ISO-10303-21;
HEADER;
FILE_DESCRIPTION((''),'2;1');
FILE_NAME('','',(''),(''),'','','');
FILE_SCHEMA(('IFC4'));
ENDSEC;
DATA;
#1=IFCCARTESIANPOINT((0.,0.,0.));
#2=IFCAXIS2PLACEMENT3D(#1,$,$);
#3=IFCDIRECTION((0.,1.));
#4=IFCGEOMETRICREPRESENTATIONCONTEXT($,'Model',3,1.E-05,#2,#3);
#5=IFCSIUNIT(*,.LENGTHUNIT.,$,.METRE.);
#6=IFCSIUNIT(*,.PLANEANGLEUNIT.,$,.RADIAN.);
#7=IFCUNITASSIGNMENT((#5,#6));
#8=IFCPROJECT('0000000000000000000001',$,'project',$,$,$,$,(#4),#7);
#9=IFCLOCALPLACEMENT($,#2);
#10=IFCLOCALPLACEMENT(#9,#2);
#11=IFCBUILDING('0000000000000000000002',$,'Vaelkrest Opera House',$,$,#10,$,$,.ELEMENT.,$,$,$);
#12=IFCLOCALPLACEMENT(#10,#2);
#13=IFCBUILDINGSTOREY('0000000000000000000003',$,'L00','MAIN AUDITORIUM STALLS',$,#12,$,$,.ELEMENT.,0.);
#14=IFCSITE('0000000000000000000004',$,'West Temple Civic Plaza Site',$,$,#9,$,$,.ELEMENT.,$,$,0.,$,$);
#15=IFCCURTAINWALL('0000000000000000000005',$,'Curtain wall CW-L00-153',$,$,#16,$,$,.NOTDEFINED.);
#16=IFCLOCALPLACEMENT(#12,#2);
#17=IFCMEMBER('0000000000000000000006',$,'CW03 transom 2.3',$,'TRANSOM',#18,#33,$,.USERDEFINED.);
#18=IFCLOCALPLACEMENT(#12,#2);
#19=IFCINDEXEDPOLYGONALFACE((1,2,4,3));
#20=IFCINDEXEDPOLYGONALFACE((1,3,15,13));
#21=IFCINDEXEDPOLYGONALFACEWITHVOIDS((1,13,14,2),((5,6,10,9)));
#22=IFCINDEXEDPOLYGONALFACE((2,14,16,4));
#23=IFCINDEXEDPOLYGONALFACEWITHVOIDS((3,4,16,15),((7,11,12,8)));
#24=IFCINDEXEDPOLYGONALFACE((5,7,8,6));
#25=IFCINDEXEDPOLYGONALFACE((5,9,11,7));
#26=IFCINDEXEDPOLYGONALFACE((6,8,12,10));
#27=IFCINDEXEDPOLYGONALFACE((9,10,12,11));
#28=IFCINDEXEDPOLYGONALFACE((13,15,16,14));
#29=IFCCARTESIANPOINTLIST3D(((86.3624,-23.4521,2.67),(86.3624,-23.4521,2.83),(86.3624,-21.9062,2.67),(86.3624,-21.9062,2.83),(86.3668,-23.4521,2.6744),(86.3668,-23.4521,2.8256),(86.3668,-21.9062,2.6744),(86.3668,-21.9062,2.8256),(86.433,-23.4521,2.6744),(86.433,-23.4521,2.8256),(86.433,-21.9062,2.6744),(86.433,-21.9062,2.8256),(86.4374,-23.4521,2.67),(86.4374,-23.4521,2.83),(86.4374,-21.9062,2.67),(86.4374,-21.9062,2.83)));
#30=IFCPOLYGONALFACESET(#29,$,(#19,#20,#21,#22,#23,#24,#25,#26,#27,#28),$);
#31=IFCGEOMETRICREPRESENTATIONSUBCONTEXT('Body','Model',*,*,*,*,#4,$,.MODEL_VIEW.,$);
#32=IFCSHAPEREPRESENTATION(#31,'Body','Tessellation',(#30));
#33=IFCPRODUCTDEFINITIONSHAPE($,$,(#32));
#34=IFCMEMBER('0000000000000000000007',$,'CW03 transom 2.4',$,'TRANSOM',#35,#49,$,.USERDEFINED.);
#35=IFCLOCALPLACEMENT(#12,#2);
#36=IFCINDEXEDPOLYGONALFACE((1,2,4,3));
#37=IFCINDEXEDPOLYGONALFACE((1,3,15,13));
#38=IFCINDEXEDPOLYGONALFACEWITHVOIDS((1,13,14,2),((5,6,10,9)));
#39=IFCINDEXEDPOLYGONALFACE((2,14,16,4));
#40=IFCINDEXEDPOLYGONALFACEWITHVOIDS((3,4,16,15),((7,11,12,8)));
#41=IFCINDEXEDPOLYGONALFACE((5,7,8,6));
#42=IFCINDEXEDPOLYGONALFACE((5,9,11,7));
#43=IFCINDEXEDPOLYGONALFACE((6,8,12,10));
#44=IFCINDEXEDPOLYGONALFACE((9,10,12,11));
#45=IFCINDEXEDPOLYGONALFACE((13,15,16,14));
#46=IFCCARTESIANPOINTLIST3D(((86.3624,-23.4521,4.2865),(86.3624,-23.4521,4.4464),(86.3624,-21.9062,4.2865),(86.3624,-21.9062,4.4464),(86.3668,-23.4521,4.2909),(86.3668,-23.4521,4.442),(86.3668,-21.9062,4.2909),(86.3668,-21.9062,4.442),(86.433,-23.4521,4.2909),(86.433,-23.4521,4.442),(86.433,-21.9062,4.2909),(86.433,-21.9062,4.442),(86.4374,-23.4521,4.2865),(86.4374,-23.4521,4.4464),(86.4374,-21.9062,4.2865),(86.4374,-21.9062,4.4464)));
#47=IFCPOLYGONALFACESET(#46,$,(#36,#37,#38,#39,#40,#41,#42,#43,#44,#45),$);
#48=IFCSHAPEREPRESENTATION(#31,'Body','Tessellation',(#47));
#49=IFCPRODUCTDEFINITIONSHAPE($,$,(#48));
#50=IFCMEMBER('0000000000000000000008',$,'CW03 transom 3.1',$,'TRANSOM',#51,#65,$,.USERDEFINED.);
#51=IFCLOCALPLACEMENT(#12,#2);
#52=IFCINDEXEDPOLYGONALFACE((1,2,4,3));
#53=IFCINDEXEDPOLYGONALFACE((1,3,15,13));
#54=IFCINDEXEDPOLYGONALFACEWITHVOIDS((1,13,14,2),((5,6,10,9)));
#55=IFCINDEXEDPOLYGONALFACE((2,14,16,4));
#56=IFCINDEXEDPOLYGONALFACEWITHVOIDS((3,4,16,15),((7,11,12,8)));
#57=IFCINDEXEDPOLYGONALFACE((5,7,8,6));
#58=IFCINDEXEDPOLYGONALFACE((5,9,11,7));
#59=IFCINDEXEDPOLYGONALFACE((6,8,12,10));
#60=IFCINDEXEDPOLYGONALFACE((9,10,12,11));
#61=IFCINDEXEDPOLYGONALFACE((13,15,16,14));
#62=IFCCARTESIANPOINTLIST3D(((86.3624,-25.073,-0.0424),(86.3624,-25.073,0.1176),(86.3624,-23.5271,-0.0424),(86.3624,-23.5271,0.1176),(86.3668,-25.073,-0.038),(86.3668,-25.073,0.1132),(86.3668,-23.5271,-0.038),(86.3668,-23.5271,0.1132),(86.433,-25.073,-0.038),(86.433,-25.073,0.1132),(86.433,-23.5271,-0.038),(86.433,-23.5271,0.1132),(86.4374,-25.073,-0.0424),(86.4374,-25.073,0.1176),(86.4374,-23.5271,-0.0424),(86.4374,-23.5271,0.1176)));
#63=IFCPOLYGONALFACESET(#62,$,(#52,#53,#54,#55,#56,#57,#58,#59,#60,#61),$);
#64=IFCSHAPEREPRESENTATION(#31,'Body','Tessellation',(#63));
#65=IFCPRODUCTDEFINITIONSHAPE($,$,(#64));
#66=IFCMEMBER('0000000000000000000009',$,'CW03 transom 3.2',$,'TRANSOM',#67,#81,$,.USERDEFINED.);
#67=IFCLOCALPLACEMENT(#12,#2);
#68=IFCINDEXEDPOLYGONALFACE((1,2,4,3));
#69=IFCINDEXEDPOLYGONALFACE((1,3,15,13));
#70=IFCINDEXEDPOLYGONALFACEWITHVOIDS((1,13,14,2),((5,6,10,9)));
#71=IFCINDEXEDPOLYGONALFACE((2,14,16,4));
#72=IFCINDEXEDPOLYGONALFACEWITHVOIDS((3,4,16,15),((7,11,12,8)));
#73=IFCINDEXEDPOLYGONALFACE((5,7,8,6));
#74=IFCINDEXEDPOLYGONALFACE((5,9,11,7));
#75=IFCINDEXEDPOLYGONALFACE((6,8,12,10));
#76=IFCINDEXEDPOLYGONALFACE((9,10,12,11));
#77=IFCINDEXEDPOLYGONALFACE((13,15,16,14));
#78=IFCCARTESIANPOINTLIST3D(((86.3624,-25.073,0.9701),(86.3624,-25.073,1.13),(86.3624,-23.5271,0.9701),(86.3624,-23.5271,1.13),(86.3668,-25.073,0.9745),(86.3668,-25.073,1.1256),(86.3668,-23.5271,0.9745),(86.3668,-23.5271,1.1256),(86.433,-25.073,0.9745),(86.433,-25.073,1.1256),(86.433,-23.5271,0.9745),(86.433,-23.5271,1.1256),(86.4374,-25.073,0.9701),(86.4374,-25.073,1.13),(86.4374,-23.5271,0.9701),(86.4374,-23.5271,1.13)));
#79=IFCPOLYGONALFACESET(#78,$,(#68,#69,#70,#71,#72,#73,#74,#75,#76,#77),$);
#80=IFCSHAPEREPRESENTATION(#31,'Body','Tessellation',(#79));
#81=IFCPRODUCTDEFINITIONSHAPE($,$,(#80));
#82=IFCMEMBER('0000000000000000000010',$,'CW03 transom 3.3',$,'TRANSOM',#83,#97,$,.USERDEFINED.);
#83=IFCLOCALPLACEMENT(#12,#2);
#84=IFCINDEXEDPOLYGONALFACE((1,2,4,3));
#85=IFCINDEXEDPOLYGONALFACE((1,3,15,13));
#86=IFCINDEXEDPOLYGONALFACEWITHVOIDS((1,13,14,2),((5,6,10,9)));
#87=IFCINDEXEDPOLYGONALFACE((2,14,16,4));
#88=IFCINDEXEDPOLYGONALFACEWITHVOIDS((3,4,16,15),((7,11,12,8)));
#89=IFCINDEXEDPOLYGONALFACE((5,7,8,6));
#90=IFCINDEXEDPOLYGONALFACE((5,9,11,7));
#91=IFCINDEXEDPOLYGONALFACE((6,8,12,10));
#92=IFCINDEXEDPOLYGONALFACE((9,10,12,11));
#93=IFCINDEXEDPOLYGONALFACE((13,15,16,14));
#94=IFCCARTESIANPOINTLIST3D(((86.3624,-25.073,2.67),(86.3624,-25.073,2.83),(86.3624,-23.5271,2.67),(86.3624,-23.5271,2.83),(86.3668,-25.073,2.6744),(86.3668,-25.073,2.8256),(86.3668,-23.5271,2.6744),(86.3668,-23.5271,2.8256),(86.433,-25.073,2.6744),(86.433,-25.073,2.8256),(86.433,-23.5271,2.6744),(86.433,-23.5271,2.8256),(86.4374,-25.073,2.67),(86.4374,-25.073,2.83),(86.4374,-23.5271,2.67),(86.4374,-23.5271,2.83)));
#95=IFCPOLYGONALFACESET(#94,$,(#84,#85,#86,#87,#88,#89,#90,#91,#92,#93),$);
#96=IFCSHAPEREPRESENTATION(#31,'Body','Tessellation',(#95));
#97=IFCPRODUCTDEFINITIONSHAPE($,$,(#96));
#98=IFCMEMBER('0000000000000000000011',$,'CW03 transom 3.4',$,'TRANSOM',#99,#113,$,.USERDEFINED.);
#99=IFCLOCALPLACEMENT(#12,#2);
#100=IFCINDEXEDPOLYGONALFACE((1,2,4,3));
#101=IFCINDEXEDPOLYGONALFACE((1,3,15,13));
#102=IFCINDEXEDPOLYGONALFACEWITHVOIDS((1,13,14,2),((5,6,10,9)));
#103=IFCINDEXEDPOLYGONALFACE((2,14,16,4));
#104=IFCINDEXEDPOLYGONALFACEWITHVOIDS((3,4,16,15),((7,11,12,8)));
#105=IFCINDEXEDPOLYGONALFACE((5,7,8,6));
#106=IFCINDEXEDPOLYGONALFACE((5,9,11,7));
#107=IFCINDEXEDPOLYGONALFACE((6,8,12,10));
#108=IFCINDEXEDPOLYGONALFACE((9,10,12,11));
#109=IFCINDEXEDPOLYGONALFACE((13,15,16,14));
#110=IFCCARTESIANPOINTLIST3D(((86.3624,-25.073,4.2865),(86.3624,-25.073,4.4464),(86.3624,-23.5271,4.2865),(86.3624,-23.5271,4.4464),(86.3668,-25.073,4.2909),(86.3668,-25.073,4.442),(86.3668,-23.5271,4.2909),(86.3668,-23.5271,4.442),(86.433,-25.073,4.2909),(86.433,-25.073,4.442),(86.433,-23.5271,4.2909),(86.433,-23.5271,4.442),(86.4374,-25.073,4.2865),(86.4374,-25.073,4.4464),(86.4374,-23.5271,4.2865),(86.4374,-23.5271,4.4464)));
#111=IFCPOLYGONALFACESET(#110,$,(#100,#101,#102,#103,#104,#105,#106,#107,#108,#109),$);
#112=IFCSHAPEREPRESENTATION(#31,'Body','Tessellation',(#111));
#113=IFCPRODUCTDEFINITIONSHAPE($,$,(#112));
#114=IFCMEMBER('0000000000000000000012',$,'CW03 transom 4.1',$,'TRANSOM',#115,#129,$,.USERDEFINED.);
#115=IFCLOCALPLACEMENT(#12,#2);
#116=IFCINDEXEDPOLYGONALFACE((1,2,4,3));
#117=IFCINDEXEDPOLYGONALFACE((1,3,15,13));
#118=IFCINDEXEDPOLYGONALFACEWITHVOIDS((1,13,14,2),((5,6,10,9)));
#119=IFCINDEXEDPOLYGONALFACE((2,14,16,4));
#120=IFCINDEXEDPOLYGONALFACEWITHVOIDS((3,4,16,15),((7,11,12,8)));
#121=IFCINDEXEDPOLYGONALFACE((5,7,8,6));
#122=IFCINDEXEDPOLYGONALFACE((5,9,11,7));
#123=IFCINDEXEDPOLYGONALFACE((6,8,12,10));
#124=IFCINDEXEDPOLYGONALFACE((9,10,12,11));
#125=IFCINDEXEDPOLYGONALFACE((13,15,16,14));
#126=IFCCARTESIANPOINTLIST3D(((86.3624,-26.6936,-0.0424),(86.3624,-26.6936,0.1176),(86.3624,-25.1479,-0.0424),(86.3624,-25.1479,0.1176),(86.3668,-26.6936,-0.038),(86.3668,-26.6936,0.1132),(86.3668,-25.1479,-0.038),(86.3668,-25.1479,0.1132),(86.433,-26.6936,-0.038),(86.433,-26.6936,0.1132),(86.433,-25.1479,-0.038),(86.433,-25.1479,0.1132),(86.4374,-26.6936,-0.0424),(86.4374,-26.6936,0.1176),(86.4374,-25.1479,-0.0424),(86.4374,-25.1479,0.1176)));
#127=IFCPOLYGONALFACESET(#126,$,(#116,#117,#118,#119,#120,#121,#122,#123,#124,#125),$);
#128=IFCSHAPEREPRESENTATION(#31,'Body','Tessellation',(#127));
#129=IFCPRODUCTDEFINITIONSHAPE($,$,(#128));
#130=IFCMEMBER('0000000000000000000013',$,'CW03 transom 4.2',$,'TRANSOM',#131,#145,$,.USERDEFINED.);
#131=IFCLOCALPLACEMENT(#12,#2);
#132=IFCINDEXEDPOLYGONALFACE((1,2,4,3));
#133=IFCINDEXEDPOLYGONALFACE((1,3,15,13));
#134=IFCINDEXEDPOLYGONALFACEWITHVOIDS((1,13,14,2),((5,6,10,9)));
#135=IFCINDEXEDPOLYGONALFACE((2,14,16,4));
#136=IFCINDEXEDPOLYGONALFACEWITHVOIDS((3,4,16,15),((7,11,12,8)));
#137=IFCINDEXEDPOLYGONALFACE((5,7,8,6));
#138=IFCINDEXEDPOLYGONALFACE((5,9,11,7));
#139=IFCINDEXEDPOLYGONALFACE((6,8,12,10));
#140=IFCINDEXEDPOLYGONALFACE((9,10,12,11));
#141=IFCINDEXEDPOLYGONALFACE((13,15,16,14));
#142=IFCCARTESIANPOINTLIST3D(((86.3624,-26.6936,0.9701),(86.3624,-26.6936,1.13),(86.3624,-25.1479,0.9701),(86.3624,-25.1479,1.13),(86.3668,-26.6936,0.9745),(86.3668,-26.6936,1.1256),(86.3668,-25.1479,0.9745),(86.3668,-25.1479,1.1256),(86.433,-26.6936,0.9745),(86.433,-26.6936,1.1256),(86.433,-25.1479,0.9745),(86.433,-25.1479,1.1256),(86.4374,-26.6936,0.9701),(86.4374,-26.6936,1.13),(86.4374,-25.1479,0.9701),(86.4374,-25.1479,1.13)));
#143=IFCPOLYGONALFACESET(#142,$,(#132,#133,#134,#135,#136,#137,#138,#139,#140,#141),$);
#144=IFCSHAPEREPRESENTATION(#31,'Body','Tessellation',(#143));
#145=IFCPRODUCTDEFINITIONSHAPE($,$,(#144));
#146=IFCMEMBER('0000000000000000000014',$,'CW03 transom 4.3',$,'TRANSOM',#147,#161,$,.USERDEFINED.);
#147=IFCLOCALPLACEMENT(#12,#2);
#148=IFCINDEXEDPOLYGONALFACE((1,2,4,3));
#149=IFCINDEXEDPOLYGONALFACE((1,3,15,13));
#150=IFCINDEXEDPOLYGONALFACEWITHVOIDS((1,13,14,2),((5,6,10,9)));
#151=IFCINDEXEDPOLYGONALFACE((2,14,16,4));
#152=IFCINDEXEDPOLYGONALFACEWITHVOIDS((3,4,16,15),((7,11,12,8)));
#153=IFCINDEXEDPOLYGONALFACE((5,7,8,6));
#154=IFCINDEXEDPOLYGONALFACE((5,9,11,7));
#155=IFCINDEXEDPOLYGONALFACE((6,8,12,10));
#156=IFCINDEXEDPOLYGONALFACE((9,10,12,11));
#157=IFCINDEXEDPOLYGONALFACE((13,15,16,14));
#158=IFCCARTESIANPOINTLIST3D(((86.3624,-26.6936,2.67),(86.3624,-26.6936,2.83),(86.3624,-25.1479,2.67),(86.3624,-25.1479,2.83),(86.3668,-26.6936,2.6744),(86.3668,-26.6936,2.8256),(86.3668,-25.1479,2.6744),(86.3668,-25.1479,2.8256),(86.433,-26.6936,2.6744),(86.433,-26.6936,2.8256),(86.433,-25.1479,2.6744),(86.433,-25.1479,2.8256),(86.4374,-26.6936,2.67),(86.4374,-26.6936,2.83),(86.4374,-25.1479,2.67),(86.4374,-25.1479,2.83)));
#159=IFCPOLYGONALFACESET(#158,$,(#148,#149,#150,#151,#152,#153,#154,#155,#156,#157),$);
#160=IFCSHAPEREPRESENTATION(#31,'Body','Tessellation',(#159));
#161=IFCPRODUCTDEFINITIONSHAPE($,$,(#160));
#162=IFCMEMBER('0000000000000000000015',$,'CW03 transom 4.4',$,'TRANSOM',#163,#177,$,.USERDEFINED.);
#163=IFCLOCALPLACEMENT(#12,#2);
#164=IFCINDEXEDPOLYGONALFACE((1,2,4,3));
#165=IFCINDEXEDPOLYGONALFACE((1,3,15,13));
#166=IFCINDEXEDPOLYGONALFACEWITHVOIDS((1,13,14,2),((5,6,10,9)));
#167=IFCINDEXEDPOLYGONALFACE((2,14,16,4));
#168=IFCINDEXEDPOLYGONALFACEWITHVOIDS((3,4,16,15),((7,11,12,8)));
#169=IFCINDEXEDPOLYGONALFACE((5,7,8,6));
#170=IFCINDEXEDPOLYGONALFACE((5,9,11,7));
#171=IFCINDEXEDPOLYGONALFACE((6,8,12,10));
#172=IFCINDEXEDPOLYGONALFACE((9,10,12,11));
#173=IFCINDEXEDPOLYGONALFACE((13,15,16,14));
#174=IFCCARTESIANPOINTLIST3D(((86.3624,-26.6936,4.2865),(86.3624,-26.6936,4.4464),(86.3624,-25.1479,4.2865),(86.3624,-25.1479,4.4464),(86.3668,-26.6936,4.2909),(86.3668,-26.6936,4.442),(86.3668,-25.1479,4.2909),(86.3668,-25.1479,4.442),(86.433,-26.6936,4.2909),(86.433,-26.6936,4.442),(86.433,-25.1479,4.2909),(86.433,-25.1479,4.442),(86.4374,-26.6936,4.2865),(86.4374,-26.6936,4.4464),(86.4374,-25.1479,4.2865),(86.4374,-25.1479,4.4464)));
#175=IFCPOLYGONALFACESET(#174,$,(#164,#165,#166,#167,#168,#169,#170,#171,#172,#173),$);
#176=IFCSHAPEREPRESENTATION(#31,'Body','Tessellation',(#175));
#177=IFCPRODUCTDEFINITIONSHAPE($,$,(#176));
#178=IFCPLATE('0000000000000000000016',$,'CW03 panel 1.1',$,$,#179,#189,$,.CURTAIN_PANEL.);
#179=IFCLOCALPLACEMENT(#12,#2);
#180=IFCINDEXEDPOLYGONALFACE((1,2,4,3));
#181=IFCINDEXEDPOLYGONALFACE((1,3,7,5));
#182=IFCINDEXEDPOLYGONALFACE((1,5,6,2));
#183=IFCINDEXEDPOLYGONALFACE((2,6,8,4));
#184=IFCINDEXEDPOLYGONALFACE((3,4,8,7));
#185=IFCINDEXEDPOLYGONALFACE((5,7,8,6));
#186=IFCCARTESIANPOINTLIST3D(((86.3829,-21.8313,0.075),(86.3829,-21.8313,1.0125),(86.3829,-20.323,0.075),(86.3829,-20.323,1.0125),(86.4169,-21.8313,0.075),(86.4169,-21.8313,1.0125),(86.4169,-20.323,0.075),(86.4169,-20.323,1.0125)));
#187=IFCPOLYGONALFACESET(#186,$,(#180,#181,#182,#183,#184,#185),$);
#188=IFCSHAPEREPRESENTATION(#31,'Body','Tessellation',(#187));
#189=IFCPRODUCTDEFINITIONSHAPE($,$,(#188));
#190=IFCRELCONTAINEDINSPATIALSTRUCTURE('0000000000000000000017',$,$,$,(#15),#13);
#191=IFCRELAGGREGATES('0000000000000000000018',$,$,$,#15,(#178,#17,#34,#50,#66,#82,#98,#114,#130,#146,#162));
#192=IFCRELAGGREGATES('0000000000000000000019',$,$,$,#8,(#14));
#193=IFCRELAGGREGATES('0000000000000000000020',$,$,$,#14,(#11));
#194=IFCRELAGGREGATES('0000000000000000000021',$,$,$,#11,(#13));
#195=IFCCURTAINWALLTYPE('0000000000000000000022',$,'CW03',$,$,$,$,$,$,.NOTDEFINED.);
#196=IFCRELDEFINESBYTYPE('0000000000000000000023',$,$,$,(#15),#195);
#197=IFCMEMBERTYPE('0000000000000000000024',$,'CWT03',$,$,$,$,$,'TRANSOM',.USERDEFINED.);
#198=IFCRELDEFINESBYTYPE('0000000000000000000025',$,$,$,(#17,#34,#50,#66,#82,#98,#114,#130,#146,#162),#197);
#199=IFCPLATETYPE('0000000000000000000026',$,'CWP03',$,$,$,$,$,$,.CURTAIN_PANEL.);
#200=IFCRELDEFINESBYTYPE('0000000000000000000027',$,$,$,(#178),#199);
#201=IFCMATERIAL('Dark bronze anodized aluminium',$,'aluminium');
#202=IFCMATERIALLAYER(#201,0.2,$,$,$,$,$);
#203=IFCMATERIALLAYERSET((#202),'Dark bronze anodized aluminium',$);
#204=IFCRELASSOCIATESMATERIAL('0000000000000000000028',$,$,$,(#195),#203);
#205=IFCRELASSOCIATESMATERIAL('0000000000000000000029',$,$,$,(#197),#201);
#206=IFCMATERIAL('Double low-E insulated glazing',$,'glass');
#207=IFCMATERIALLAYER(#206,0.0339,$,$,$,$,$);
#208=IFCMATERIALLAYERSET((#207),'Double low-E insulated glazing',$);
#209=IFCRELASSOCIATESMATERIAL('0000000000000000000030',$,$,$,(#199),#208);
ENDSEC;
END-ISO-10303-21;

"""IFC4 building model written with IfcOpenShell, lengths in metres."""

from ifc_helpers import new_model, si_unit, direction, frame, origin, origin_2d, place, context, subcontext, project, spatial, rectangle, hollow_rectangle, extrude, material, layer, layer_set, material_profile, profile_set, type_object, element, aggregate, save


model = new_model("IFC4")

# Units and contexts
model_context = context("Model", 3, precision=1e-05, world=origin(), true_north=direction((0.0, 1.0)))
body_context = subcontext(model_context, "Body", "Model", "MODEL_VIEW")
ifc_project = project(units=[si_unit("LENGTHUNIT", "METRE"), si_unit("PLANEANGLEUNIT", "RADIAN")], contexts=[model_context])

# Site, building, storey
site_placement = place(None, origin())
site = spatial("IfcSite", under=ifc_project, at=site_placement, Name="West Temple Civic Plaza Site", CompositionType="ELEMENT", RefElevation=0.0)
building_placement = place(site_placement, origin())
building = spatial("IfcBuilding", under=site, at=building_placement, Name="Vaelkrest Opera House", CompositionType="ELEMENT")
storey_placement = place(building_placement, origin())
storey = spatial("IfcBuildingStorey", under=building, at=storey_placement, Name="L00", Description="MAIN AUDITORIUM STALLS", CompositionType="ELEMENT", Elevation=0.0)

# Curtain wall, members, plate
ifc_material_1 = material(Name="Dark bronze anodized aluminium", Category="aluminium")
ifc_layer_1 = layer(ifc_material_1, 0.2)
ifc_layer_set_1 = layer_set([ifc_layer_1], Name="Dark bronze anodized aluminium")
curtain_wall_type = type_object("IfcCurtainWallType", Name="CW03", PredefinedType="NOTDEFINED", material=ifc_layer_set_1)
curtain_wall_placement = place(storey_placement, origin())
curtain_wall = element("IfcCurtainWall", 1, at=curtain_wall_placement, inside=storey, type_object=curtain_wall_type, Name="Curtain wall CW-L00-153", PredefinedType="NOTDEFINED")
ifc_material_profile_1 = material_profile(ifc_material_1, hollow_rectangle(XDim=0.075, YDim=0.1599, WallThickness=0.0044, at=origin_2d()), Name="CWT75X160")
ifc_profile_set_1 = profile_set([ifc_material_profile_1], Name="Dark bronze anodized aluminium")
member_type_1 = type_object("IfcMemberType", Name="CWT03", ElementType="TRANSOM", PredefinedType="USERDEFINED", material=ifc_profile_set_1)
member_1_placement = place(storey_placement, frame((86.3999, -21.9062, 2.75), z_axis=(0.0, -1.0, 0.0), x_axis=(1.0, 0.0, 0.0)))
member_1 = element("IfcMember", 2, at=member_1_placement, type_object=member_type_1, Name="CW03 transom 2.3", ObjectType="TRANSOM", PredefinedType="USERDEFINED", context=body_context, shape_type="SweptSolid", body=[
    extrude(hollow_rectangle(XDim=0.075, YDim=0.1599, WallThickness=0.0044, at=origin_2d()), origin(), (0.0, 0.0, 1.0), 1.5459),
])
member_2_placement = place(storey_placement, frame((86.3999, -21.9062, 4.3665), z_axis=(0.0, -1.0, 0.0), x_axis=(1.0, 0.0, 0.0)))
member_2 = element("IfcMember", 3, at=member_2_placement, type_object=member_type_1, Name="CW03 transom 2.4", ObjectType="TRANSOM", PredefinedType="USERDEFINED", context=body_context, shape_type="SweptSolid", body=[
    extrude(hollow_rectangle(XDim=0.075, YDim=0.1599, WallThickness=0.0044, at=origin_2d()), origin(), (0.0, 0.0, 1.0), 1.5459),
])
member_3_placement = place(storey_placement, frame((86.3999, -23.5271, 0.0376), z_axis=(0.0, -1.0, 0.0), x_axis=(1.0, 0.0, 0.0)))
member_3 = element("IfcMember", 4, at=member_3_placement, type_object=member_type_1, Name="CW03 transom 3.1", ObjectType="TRANSOM", PredefinedType="USERDEFINED", context=body_context, shape_type="SweptSolid", body=[
    extrude(hollow_rectangle(XDim=0.075, YDim=0.1599, WallThickness=0.0044, at=origin_2d()), origin(), (0.0, 0.0, 1.0), 1.5459),
])
member_4_placement = place(storey_placement, frame((86.3999, -23.5271, 1.05), z_axis=(0.0, -1.0, 0.0), x_axis=(1.0, 0.0, 0.0)))
member_4 = element("IfcMember", 5, at=member_4_placement, type_object=member_type_1, Name="CW03 transom 3.2", ObjectType="TRANSOM", PredefinedType="USERDEFINED", context=body_context, shape_type="SweptSolid", body=[
    extrude(hollow_rectangle(XDim=0.075, YDim=0.1599, WallThickness=0.0044, at=origin_2d()), origin(), (0.0, 0.0, 1.0), 1.5459),
])
member_5_placement = place(storey_placement, frame((86.3999, -23.5271, 2.75), z_axis=(0.0, -1.0, 0.0), x_axis=(1.0, 0.0, 0.0)))
member_5 = element("IfcMember", 6, at=member_5_placement, type_object=member_type_1, Name="CW03 transom 3.3", ObjectType="TRANSOM", PredefinedType="USERDEFINED", context=body_context, shape_type="SweptSolid", body=[
    extrude(hollow_rectangle(XDim=0.075, YDim=0.1599, WallThickness=0.0044, at=origin_2d()), origin(), (0.0, 0.0, 1.0), 1.5459),
])
member_6_placement = place(storey_placement, frame((86.3999, -23.5271, 4.3665), z_axis=(0.0, -1.0, 0.0), x_axis=(1.0, 0.0, 0.0)))
member_6 = element("IfcMember", 7, at=member_6_placement, type_object=member_type_1, Name="CW03 transom 3.4", ObjectType="TRANSOM", PredefinedType="USERDEFINED", context=body_context, shape_type="SweptSolid", body=[
    extrude(hollow_rectangle(XDim=0.075, YDim=0.1599, WallThickness=0.0044, at=origin_2d()), origin(), (0.0, 0.0, 1.0), 1.5459),
])
member_7_placement = place(storey_placement, frame((86.3999, -25.1479, 0.0376), z_axis=(0.0, -1.0, 0.0), x_axis=(1.0, 0.0, 0.0)))
member_7 = element("IfcMember", 8, at=member_7_placement, type_object=member_type_1, Name="CW03 transom 4.1", ObjectType="TRANSOM", PredefinedType="USERDEFINED", context=body_context, shape_type="SweptSolid", body=[
    extrude(hollow_rectangle(XDim=0.075, YDim=0.1599, WallThickness=0.0044, at=origin_2d()), origin(), (0.0, 0.0, 1.0), 1.5457),
])
member_8_placement = place(storey_placement, frame((86.3999, -25.1479, 1.05), z_axis=(0.0, -1.0, 0.0), x_axis=(1.0, 0.0, 0.0)))
member_8 = element("IfcMember", 9, at=member_8_placement, type_object=member_type_1, Name="CW03 transom 4.2", ObjectType="TRANSOM", PredefinedType="USERDEFINED", context=body_context, shape_type="SweptSolid", body=[
    extrude(hollow_rectangle(XDim=0.075, YDim=0.1599, WallThickness=0.0044, at=origin_2d()), origin(), (0.0, 0.0, 1.0), 1.5457),
])
member_9_placement = place(storey_placement, frame((86.3999, -25.1479, 2.75), z_axis=(0.0, -1.0, 0.0), x_axis=(1.0, 0.0, 0.0)))
member_9 = element("IfcMember", 10, at=member_9_placement, type_object=member_type_1, Name="CW03 transom 4.3", ObjectType="TRANSOM", PredefinedType="USERDEFINED", context=body_context, shape_type="SweptSolid", body=[
    extrude(hollow_rectangle(XDim=0.075, YDim=0.1599, WallThickness=0.0044, at=origin_2d()), origin(), (0.0, 0.0, 1.0), 1.5457),
])
member_10_placement = place(storey_placement, frame((86.3999, -25.1479, 4.3665), z_axis=(0.0, -1.0, 0.0), x_axis=(1.0, 0.0, 0.0)))
member_10 = element("IfcMember", 11, at=member_10_placement, type_object=member_type_1, Name="CW03 transom 4.4", ObjectType="TRANSOM", PredefinedType="USERDEFINED", context=body_context, shape_type="SweptSolid", body=[
    extrude(hollow_rectangle(XDim=0.075, YDim=0.1599, WallThickness=0.0044, at=origin_2d()), origin(), (0.0, 0.0, 1.0), 1.5457),
])
ifc_material_2 = material(Name="Double low-E insulated glazing", Category="glass")
ifc_layer_2 = layer(ifc_material_2, 0.0339)
ifc_layer_set_2 = layer_set([ifc_layer_2], Name="Double low-E insulated glazing")
plate_type = type_object("IfcPlateType", Name="CWP03", PredefinedType="CURTAIN_PANEL", material=ifc_layer_set_2)
plate_1_placement = place(storey_placement, frame((86.3999, -21.0771, 0.075), z_axis=(0.0, 0.0, 1.0), x_axis=(0.0, -1.0, 0.0)))
plate_1 = element("IfcPlate", 12, at=plate_1_placement, type_object=plate_type, Name="CW03 panel 1.1", PredefinedType="CURTAIN_PANEL", context=body_context, shape_type="SweptSolid", body=[
    extrude(rectangle(XDim=1.5083, YDim=0.0339, at=origin_2d()), origin(), (0.0, 0.0, 1.0), 0.9375),
])
aggregate(curtain_wall, [plate_1, member_1, member_2, member_3, member_4, member_5, member_6, member_7, member_8, member_9, member_10])

save(model, "model.ifc")
